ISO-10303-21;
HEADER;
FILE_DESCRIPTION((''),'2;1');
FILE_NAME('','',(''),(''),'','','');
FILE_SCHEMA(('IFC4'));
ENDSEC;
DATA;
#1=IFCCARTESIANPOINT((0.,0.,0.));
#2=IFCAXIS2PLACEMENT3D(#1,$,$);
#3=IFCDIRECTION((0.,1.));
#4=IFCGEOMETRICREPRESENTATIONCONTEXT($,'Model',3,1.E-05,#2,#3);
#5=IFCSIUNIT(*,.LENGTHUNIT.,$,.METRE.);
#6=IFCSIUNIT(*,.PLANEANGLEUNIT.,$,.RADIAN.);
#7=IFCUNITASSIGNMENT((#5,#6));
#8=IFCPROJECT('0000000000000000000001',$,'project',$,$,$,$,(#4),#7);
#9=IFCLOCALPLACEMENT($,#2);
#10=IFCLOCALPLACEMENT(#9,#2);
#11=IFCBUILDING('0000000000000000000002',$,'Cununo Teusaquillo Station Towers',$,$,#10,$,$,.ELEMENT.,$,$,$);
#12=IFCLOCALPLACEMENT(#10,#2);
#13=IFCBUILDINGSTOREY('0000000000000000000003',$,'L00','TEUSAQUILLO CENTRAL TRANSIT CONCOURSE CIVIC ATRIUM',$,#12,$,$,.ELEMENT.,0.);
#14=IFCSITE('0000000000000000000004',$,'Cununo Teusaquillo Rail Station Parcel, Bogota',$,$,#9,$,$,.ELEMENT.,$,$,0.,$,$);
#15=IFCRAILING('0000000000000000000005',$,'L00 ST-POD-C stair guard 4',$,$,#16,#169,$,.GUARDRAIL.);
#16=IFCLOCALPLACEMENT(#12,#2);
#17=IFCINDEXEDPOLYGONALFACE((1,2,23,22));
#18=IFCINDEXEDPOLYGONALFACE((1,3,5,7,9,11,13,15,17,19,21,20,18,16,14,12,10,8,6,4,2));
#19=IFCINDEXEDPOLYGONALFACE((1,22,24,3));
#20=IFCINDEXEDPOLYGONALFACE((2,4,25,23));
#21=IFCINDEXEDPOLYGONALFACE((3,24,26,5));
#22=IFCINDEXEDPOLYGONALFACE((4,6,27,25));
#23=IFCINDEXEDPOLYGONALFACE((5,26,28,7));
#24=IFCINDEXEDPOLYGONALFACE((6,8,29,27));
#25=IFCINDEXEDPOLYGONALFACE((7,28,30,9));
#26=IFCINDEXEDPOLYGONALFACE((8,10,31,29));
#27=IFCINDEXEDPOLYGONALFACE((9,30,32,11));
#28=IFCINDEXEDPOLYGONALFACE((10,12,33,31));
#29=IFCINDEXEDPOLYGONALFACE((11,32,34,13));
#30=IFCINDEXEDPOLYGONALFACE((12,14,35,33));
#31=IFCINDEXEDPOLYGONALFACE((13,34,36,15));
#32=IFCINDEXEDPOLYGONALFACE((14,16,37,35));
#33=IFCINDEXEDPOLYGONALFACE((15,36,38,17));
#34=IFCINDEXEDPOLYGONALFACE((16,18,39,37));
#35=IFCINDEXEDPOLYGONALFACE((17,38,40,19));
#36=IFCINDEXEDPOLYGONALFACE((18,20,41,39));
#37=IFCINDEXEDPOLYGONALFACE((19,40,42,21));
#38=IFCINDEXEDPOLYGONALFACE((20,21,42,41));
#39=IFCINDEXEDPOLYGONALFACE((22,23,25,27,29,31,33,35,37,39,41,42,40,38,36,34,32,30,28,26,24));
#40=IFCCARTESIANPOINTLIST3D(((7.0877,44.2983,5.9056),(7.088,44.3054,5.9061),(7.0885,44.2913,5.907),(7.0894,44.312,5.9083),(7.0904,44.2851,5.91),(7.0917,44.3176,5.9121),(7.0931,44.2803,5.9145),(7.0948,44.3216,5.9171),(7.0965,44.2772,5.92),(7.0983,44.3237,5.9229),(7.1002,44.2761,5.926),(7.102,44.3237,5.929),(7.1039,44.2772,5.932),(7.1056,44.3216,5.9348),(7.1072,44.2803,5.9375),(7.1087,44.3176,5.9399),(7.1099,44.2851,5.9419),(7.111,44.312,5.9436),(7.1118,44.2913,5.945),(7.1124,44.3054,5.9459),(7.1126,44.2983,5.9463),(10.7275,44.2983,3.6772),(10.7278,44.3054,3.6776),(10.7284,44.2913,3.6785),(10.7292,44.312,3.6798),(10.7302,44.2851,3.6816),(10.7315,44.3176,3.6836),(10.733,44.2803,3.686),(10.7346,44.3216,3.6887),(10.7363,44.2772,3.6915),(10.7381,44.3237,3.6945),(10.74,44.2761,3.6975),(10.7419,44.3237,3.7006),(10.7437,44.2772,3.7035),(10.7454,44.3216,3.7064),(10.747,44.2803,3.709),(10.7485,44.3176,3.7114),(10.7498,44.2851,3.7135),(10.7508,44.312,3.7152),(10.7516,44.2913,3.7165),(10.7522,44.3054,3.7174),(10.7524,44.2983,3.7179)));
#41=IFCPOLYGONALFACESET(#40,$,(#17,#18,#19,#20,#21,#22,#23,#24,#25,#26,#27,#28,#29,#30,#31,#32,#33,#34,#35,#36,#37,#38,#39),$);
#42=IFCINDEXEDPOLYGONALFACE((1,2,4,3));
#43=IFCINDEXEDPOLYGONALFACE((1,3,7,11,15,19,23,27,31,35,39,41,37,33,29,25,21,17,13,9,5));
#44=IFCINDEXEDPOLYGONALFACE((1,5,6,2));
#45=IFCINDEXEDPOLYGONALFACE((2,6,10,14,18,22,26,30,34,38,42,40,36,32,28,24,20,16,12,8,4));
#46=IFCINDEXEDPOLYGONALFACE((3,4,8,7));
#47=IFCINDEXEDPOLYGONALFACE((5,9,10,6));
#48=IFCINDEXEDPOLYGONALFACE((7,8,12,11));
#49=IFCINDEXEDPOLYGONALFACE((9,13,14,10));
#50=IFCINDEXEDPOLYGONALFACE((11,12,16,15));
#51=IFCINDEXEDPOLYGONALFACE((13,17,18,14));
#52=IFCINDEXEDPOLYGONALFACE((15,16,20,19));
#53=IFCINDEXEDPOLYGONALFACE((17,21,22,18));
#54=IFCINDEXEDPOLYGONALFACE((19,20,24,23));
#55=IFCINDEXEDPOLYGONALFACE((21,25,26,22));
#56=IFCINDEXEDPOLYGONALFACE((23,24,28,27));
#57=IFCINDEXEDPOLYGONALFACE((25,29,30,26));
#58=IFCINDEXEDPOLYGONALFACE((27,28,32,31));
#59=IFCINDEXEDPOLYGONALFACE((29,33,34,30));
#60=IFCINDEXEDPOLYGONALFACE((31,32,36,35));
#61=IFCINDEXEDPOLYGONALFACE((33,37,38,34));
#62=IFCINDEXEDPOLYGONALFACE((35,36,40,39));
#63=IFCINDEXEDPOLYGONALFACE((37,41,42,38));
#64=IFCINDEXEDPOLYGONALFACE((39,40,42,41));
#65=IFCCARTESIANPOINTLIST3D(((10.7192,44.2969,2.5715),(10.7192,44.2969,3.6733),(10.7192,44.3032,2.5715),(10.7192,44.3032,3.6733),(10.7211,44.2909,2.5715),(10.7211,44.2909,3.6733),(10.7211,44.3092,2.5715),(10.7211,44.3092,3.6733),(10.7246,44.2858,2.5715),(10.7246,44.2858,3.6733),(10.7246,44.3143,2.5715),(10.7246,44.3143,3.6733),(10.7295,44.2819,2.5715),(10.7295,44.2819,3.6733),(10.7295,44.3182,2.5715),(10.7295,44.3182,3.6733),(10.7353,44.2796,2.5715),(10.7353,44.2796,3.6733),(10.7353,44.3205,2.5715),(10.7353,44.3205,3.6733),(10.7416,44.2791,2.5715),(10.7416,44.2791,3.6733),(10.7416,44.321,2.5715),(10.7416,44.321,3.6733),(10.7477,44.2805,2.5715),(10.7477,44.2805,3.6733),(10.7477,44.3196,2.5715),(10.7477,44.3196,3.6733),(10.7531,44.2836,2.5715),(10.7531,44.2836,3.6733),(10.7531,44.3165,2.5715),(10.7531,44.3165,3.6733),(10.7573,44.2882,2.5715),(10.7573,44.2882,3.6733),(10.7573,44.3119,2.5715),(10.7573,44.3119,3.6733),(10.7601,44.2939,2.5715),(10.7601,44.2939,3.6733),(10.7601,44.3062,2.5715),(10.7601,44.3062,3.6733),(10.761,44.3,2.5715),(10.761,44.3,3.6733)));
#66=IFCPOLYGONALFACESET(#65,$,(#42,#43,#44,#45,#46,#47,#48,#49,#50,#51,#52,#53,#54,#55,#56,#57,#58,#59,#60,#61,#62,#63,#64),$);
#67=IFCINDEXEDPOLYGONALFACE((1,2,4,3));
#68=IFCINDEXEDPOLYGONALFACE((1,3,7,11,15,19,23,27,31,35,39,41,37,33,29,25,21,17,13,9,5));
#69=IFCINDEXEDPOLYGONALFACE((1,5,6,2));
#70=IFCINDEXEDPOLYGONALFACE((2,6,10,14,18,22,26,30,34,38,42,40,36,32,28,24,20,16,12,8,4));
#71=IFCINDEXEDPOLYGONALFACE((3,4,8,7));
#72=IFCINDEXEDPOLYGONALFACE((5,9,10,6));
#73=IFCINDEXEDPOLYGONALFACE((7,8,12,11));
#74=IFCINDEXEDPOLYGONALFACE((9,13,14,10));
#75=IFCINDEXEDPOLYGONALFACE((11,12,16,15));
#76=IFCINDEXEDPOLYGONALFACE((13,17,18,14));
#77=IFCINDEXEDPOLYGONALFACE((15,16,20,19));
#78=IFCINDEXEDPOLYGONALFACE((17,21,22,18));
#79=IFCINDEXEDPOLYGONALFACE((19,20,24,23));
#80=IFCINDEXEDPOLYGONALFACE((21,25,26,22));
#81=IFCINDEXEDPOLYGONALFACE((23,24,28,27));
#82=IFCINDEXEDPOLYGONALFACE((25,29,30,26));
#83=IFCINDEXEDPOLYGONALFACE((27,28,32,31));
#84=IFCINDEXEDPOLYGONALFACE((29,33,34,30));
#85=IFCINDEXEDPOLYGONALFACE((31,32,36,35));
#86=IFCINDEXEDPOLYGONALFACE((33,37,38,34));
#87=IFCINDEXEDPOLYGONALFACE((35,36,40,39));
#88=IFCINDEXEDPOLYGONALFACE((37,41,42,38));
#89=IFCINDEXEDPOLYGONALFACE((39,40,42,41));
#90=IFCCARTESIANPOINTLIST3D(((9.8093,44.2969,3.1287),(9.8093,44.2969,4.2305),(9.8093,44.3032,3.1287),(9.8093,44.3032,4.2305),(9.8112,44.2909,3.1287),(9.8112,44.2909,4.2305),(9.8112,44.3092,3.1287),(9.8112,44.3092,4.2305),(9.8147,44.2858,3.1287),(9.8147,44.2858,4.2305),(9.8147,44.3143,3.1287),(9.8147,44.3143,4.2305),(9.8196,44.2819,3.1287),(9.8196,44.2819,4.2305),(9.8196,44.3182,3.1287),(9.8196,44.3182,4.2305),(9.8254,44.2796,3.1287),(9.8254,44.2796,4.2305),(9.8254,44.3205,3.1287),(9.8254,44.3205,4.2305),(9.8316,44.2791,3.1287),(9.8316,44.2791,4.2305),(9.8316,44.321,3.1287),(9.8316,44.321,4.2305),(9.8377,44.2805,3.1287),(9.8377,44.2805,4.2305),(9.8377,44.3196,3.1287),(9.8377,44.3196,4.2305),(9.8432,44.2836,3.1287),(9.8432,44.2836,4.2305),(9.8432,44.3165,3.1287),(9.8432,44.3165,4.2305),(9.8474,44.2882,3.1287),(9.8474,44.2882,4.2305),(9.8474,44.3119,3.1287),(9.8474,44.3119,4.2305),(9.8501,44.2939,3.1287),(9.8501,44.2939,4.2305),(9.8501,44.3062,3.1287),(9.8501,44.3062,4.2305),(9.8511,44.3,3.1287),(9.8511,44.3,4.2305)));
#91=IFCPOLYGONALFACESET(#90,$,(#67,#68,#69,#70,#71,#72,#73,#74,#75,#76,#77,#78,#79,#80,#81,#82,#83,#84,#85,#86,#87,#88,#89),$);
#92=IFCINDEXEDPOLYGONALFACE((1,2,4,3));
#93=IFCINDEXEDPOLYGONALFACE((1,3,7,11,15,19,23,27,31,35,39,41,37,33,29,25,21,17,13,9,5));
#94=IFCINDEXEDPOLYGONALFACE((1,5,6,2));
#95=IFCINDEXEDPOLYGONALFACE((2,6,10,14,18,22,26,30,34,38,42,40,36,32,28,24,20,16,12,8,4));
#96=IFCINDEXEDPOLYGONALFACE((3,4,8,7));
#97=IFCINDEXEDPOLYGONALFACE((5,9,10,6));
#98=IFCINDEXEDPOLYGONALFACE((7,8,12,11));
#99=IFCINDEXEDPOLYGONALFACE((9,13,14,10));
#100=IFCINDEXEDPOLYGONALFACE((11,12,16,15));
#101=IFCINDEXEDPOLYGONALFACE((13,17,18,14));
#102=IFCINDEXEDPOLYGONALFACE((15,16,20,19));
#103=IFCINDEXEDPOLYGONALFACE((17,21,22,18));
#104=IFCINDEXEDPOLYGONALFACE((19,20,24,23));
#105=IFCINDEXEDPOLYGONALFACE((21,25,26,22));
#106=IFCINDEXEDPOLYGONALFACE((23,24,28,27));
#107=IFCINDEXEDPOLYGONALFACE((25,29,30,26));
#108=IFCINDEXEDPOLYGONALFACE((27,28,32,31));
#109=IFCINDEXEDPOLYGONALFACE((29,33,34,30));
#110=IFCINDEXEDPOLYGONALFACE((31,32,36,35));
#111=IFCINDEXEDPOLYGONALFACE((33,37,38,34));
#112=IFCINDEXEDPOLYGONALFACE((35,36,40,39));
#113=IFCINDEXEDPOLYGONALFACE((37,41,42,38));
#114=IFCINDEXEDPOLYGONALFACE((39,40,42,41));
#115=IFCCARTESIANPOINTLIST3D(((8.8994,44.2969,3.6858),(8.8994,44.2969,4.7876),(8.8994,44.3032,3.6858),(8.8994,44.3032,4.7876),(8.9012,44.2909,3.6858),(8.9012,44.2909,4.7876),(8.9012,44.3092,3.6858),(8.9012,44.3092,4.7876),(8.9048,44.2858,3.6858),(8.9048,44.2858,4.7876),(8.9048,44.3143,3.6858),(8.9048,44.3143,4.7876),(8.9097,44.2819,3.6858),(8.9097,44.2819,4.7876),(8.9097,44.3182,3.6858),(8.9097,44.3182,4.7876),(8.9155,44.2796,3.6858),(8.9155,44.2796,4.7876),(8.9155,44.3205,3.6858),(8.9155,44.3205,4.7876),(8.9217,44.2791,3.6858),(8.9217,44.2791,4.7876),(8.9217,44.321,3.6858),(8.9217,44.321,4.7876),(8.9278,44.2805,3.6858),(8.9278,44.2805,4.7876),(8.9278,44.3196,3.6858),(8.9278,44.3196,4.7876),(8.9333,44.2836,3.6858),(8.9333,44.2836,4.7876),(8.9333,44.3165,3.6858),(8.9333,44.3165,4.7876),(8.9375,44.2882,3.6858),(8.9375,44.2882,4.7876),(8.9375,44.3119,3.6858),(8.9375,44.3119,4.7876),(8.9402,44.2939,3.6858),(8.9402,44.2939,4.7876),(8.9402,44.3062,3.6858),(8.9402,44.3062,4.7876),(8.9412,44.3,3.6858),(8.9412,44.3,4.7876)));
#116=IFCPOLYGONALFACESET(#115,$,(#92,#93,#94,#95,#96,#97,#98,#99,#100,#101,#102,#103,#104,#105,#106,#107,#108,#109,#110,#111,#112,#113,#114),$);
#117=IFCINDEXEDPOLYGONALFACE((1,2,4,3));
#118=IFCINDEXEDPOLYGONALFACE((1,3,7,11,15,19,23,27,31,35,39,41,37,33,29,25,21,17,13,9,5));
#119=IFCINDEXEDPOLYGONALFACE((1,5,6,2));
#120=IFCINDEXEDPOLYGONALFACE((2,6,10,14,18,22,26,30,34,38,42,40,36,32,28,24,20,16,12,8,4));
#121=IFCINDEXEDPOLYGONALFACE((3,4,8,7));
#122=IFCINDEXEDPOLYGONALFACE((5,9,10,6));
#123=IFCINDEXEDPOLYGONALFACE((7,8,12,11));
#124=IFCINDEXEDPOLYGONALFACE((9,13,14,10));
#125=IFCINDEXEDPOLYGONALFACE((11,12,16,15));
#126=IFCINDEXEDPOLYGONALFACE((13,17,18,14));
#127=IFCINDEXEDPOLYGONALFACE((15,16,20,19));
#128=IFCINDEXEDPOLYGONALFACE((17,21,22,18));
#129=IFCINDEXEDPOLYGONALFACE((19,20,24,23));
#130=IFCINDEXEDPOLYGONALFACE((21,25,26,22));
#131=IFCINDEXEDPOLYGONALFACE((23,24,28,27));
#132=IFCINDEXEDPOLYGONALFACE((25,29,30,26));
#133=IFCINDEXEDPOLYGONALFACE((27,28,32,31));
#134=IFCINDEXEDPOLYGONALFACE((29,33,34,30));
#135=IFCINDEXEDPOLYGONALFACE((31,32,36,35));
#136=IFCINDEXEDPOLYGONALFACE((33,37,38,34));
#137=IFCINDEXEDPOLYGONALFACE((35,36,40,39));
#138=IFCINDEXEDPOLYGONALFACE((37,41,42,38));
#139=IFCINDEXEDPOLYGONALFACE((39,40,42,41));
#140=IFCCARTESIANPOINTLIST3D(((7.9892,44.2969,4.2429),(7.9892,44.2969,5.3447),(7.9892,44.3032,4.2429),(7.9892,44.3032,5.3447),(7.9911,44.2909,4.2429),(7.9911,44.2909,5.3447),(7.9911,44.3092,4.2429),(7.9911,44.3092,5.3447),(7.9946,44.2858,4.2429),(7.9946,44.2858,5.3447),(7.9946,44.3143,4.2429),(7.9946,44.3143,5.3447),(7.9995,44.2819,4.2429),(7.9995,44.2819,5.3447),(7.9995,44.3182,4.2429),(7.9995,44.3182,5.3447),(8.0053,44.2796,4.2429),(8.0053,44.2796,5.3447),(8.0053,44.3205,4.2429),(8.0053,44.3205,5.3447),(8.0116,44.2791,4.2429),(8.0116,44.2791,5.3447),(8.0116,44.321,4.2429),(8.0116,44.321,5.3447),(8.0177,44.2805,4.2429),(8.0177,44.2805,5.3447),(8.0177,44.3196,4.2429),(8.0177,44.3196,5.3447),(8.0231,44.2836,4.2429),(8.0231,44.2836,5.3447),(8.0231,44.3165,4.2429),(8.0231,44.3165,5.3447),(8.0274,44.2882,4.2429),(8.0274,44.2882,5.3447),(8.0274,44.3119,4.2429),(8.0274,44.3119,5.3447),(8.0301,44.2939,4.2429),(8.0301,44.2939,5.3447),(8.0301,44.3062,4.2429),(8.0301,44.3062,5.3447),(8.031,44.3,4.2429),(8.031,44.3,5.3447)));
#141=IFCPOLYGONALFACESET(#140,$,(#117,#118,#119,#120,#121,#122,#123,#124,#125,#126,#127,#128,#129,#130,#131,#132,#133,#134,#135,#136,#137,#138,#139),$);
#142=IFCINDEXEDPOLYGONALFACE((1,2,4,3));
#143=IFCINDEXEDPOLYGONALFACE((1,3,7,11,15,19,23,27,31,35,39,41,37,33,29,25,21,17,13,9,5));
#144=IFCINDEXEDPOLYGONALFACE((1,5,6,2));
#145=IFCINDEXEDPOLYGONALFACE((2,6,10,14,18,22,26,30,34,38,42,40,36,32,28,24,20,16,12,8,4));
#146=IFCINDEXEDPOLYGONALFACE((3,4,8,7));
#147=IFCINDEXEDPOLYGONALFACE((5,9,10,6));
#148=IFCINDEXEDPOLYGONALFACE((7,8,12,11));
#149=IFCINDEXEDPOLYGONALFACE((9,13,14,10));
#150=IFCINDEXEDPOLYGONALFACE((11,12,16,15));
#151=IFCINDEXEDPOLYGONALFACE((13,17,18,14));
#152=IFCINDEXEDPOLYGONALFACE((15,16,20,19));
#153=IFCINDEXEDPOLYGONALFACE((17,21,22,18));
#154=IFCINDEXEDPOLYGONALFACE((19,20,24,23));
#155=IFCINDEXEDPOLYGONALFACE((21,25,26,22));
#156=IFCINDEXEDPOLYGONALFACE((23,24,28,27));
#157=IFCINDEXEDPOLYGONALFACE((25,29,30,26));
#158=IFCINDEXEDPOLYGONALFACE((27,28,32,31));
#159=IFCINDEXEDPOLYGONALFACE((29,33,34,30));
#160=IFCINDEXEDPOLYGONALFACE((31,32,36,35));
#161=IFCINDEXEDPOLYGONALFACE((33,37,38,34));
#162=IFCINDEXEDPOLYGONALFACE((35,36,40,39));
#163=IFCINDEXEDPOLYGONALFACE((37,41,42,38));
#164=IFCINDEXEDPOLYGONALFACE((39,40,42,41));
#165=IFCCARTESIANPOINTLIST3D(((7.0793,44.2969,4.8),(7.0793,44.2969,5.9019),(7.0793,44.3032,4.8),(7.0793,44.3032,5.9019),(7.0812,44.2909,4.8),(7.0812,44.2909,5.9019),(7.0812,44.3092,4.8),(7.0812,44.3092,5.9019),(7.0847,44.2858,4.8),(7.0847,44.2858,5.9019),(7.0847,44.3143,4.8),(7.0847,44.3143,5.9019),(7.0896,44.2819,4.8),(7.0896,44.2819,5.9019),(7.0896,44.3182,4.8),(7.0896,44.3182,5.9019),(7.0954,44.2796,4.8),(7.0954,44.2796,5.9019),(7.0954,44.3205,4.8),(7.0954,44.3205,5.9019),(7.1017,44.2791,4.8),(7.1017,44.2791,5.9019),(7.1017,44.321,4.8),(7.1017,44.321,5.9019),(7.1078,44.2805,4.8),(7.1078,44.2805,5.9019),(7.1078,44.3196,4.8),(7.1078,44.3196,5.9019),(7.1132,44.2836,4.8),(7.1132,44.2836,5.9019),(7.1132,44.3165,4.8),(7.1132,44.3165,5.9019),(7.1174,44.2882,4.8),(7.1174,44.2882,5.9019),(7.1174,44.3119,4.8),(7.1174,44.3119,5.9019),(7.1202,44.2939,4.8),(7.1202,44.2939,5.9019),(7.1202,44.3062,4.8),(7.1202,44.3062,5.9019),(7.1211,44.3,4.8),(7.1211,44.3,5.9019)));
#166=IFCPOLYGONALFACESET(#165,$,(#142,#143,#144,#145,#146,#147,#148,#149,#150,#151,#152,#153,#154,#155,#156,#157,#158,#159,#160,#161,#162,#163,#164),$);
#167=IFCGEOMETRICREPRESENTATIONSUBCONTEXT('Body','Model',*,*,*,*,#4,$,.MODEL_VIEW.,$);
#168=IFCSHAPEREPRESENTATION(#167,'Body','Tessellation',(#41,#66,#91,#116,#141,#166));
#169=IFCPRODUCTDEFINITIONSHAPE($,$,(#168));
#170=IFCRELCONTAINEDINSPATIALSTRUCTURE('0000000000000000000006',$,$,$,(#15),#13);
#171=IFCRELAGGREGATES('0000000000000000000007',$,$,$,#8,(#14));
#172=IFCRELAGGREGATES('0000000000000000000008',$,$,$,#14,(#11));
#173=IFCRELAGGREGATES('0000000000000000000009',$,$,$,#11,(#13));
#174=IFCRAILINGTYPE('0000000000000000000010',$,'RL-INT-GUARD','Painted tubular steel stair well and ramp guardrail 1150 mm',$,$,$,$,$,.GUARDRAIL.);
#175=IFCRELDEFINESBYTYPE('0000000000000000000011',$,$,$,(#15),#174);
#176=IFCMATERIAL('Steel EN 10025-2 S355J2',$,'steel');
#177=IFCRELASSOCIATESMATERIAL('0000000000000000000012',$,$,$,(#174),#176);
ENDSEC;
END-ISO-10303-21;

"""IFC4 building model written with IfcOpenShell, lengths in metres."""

from ifc_helpers import new_model, si_unit, direction, frame, origin, origin_2d, place, context, subcontext, project, spatial, circle, extrude, material, type_object, element, save


model = new_model("IFC4")

# Units and contexts
model_context = context("Model", 3, precision=1e-05, world=origin(), true_north=direction((0.0, 1.0)))
body_context = subcontext(model_context, "Body", "Model", "MODEL_VIEW")
ifc_project = project(units=[si_unit("LENGTHUNIT", "METRE"), si_unit("PLANEANGLEUNIT", "RADIAN")], contexts=[model_context])

# Site, building, storey
site_placement = place(None, origin())
site = spatial("IfcSite", under=ifc_project, at=site_placement, Name="Cununo Teusaquillo Rail Station Parcel, Bogota", CompositionType="ELEMENT", RefElevation=0.0)
building_placement = place(site_placement, origin())
building = spatial("IfcBuilding", under=site, at=building_placement, Name="Cununo Teusaquillo Station Towers", CompositionType="ELEMENT")
storey_placement = place(building_placement, origin())
storey = spatial("IfcBuildingStorey", under=building, at=storey_placement, Name="L00", Description="TEUSAQUILLO CENTRAL TRANSIT CONCOURSE CIVIC ATRIUM", CompositionType="ELEMENT", Elevation=0.0)

# Railing
ifc_material_1 = material(Name="Steel EN 10025-2 S355J2", Category="steel")
railing_type_1 = type_object("IfcRailingType", Name="RL-INT-GUARD", Description="Painted tubular steel stair well and ramp guardrail 1150 mm", PredefinedType="GUARDRAIL", material=ifc_material_1)
railing_1_placement = place(storey_placement, frame((10.74, 44.3, 2.5715)))
element("IfcRailing", 1, at=railing_1_placement, inside=storey, type_object=railing_type_1, Name="L00 ST-POD-C stair guard 4", PredefinedType="GUARDRAIL", context=body_context, shape_type="SweptSolid", body=[
    extrude(circle(Radius=0.0239, at=origin_2d()), frame((0.0, 0.0, 1.126), z_axis=(-0.85285, 0.0, 0.522156), x_axis=(0.0, -1.0, 0.0)), (0.0, 0.0, 1.0), 4.2678),
    extrude(circle(Radius=0.021, at=origin_2d()), origin(), (0.0, 0.0, 1.0), 1.1018),
    extrude(circle(Radius=0.021, at=origin_2d()), frame((-0.9099, 0.0, 0.5571)), (0.0, 0.0, 1.0), 1.1018),
    extrude(circle(Radius=0.021, at=origin_2d()), frame((-1.8198, 0.0, 1.1143)), (0.0, 0.0, 1.0), 1.1018),
    extrude(circle(Radius=0.021, at=origin_2d()), frame((-2.73, 0.0, 1.6714)), (0.0, 0.0, 1.0), 1.1018),
    extrude(circle(Radius=0.021, at=origin_2d()), frame((-3.6399, 0.0, 2.2285)), (0.0, 0.0, 1.0), 1.1018),
])

save(model, "model.ifc")
